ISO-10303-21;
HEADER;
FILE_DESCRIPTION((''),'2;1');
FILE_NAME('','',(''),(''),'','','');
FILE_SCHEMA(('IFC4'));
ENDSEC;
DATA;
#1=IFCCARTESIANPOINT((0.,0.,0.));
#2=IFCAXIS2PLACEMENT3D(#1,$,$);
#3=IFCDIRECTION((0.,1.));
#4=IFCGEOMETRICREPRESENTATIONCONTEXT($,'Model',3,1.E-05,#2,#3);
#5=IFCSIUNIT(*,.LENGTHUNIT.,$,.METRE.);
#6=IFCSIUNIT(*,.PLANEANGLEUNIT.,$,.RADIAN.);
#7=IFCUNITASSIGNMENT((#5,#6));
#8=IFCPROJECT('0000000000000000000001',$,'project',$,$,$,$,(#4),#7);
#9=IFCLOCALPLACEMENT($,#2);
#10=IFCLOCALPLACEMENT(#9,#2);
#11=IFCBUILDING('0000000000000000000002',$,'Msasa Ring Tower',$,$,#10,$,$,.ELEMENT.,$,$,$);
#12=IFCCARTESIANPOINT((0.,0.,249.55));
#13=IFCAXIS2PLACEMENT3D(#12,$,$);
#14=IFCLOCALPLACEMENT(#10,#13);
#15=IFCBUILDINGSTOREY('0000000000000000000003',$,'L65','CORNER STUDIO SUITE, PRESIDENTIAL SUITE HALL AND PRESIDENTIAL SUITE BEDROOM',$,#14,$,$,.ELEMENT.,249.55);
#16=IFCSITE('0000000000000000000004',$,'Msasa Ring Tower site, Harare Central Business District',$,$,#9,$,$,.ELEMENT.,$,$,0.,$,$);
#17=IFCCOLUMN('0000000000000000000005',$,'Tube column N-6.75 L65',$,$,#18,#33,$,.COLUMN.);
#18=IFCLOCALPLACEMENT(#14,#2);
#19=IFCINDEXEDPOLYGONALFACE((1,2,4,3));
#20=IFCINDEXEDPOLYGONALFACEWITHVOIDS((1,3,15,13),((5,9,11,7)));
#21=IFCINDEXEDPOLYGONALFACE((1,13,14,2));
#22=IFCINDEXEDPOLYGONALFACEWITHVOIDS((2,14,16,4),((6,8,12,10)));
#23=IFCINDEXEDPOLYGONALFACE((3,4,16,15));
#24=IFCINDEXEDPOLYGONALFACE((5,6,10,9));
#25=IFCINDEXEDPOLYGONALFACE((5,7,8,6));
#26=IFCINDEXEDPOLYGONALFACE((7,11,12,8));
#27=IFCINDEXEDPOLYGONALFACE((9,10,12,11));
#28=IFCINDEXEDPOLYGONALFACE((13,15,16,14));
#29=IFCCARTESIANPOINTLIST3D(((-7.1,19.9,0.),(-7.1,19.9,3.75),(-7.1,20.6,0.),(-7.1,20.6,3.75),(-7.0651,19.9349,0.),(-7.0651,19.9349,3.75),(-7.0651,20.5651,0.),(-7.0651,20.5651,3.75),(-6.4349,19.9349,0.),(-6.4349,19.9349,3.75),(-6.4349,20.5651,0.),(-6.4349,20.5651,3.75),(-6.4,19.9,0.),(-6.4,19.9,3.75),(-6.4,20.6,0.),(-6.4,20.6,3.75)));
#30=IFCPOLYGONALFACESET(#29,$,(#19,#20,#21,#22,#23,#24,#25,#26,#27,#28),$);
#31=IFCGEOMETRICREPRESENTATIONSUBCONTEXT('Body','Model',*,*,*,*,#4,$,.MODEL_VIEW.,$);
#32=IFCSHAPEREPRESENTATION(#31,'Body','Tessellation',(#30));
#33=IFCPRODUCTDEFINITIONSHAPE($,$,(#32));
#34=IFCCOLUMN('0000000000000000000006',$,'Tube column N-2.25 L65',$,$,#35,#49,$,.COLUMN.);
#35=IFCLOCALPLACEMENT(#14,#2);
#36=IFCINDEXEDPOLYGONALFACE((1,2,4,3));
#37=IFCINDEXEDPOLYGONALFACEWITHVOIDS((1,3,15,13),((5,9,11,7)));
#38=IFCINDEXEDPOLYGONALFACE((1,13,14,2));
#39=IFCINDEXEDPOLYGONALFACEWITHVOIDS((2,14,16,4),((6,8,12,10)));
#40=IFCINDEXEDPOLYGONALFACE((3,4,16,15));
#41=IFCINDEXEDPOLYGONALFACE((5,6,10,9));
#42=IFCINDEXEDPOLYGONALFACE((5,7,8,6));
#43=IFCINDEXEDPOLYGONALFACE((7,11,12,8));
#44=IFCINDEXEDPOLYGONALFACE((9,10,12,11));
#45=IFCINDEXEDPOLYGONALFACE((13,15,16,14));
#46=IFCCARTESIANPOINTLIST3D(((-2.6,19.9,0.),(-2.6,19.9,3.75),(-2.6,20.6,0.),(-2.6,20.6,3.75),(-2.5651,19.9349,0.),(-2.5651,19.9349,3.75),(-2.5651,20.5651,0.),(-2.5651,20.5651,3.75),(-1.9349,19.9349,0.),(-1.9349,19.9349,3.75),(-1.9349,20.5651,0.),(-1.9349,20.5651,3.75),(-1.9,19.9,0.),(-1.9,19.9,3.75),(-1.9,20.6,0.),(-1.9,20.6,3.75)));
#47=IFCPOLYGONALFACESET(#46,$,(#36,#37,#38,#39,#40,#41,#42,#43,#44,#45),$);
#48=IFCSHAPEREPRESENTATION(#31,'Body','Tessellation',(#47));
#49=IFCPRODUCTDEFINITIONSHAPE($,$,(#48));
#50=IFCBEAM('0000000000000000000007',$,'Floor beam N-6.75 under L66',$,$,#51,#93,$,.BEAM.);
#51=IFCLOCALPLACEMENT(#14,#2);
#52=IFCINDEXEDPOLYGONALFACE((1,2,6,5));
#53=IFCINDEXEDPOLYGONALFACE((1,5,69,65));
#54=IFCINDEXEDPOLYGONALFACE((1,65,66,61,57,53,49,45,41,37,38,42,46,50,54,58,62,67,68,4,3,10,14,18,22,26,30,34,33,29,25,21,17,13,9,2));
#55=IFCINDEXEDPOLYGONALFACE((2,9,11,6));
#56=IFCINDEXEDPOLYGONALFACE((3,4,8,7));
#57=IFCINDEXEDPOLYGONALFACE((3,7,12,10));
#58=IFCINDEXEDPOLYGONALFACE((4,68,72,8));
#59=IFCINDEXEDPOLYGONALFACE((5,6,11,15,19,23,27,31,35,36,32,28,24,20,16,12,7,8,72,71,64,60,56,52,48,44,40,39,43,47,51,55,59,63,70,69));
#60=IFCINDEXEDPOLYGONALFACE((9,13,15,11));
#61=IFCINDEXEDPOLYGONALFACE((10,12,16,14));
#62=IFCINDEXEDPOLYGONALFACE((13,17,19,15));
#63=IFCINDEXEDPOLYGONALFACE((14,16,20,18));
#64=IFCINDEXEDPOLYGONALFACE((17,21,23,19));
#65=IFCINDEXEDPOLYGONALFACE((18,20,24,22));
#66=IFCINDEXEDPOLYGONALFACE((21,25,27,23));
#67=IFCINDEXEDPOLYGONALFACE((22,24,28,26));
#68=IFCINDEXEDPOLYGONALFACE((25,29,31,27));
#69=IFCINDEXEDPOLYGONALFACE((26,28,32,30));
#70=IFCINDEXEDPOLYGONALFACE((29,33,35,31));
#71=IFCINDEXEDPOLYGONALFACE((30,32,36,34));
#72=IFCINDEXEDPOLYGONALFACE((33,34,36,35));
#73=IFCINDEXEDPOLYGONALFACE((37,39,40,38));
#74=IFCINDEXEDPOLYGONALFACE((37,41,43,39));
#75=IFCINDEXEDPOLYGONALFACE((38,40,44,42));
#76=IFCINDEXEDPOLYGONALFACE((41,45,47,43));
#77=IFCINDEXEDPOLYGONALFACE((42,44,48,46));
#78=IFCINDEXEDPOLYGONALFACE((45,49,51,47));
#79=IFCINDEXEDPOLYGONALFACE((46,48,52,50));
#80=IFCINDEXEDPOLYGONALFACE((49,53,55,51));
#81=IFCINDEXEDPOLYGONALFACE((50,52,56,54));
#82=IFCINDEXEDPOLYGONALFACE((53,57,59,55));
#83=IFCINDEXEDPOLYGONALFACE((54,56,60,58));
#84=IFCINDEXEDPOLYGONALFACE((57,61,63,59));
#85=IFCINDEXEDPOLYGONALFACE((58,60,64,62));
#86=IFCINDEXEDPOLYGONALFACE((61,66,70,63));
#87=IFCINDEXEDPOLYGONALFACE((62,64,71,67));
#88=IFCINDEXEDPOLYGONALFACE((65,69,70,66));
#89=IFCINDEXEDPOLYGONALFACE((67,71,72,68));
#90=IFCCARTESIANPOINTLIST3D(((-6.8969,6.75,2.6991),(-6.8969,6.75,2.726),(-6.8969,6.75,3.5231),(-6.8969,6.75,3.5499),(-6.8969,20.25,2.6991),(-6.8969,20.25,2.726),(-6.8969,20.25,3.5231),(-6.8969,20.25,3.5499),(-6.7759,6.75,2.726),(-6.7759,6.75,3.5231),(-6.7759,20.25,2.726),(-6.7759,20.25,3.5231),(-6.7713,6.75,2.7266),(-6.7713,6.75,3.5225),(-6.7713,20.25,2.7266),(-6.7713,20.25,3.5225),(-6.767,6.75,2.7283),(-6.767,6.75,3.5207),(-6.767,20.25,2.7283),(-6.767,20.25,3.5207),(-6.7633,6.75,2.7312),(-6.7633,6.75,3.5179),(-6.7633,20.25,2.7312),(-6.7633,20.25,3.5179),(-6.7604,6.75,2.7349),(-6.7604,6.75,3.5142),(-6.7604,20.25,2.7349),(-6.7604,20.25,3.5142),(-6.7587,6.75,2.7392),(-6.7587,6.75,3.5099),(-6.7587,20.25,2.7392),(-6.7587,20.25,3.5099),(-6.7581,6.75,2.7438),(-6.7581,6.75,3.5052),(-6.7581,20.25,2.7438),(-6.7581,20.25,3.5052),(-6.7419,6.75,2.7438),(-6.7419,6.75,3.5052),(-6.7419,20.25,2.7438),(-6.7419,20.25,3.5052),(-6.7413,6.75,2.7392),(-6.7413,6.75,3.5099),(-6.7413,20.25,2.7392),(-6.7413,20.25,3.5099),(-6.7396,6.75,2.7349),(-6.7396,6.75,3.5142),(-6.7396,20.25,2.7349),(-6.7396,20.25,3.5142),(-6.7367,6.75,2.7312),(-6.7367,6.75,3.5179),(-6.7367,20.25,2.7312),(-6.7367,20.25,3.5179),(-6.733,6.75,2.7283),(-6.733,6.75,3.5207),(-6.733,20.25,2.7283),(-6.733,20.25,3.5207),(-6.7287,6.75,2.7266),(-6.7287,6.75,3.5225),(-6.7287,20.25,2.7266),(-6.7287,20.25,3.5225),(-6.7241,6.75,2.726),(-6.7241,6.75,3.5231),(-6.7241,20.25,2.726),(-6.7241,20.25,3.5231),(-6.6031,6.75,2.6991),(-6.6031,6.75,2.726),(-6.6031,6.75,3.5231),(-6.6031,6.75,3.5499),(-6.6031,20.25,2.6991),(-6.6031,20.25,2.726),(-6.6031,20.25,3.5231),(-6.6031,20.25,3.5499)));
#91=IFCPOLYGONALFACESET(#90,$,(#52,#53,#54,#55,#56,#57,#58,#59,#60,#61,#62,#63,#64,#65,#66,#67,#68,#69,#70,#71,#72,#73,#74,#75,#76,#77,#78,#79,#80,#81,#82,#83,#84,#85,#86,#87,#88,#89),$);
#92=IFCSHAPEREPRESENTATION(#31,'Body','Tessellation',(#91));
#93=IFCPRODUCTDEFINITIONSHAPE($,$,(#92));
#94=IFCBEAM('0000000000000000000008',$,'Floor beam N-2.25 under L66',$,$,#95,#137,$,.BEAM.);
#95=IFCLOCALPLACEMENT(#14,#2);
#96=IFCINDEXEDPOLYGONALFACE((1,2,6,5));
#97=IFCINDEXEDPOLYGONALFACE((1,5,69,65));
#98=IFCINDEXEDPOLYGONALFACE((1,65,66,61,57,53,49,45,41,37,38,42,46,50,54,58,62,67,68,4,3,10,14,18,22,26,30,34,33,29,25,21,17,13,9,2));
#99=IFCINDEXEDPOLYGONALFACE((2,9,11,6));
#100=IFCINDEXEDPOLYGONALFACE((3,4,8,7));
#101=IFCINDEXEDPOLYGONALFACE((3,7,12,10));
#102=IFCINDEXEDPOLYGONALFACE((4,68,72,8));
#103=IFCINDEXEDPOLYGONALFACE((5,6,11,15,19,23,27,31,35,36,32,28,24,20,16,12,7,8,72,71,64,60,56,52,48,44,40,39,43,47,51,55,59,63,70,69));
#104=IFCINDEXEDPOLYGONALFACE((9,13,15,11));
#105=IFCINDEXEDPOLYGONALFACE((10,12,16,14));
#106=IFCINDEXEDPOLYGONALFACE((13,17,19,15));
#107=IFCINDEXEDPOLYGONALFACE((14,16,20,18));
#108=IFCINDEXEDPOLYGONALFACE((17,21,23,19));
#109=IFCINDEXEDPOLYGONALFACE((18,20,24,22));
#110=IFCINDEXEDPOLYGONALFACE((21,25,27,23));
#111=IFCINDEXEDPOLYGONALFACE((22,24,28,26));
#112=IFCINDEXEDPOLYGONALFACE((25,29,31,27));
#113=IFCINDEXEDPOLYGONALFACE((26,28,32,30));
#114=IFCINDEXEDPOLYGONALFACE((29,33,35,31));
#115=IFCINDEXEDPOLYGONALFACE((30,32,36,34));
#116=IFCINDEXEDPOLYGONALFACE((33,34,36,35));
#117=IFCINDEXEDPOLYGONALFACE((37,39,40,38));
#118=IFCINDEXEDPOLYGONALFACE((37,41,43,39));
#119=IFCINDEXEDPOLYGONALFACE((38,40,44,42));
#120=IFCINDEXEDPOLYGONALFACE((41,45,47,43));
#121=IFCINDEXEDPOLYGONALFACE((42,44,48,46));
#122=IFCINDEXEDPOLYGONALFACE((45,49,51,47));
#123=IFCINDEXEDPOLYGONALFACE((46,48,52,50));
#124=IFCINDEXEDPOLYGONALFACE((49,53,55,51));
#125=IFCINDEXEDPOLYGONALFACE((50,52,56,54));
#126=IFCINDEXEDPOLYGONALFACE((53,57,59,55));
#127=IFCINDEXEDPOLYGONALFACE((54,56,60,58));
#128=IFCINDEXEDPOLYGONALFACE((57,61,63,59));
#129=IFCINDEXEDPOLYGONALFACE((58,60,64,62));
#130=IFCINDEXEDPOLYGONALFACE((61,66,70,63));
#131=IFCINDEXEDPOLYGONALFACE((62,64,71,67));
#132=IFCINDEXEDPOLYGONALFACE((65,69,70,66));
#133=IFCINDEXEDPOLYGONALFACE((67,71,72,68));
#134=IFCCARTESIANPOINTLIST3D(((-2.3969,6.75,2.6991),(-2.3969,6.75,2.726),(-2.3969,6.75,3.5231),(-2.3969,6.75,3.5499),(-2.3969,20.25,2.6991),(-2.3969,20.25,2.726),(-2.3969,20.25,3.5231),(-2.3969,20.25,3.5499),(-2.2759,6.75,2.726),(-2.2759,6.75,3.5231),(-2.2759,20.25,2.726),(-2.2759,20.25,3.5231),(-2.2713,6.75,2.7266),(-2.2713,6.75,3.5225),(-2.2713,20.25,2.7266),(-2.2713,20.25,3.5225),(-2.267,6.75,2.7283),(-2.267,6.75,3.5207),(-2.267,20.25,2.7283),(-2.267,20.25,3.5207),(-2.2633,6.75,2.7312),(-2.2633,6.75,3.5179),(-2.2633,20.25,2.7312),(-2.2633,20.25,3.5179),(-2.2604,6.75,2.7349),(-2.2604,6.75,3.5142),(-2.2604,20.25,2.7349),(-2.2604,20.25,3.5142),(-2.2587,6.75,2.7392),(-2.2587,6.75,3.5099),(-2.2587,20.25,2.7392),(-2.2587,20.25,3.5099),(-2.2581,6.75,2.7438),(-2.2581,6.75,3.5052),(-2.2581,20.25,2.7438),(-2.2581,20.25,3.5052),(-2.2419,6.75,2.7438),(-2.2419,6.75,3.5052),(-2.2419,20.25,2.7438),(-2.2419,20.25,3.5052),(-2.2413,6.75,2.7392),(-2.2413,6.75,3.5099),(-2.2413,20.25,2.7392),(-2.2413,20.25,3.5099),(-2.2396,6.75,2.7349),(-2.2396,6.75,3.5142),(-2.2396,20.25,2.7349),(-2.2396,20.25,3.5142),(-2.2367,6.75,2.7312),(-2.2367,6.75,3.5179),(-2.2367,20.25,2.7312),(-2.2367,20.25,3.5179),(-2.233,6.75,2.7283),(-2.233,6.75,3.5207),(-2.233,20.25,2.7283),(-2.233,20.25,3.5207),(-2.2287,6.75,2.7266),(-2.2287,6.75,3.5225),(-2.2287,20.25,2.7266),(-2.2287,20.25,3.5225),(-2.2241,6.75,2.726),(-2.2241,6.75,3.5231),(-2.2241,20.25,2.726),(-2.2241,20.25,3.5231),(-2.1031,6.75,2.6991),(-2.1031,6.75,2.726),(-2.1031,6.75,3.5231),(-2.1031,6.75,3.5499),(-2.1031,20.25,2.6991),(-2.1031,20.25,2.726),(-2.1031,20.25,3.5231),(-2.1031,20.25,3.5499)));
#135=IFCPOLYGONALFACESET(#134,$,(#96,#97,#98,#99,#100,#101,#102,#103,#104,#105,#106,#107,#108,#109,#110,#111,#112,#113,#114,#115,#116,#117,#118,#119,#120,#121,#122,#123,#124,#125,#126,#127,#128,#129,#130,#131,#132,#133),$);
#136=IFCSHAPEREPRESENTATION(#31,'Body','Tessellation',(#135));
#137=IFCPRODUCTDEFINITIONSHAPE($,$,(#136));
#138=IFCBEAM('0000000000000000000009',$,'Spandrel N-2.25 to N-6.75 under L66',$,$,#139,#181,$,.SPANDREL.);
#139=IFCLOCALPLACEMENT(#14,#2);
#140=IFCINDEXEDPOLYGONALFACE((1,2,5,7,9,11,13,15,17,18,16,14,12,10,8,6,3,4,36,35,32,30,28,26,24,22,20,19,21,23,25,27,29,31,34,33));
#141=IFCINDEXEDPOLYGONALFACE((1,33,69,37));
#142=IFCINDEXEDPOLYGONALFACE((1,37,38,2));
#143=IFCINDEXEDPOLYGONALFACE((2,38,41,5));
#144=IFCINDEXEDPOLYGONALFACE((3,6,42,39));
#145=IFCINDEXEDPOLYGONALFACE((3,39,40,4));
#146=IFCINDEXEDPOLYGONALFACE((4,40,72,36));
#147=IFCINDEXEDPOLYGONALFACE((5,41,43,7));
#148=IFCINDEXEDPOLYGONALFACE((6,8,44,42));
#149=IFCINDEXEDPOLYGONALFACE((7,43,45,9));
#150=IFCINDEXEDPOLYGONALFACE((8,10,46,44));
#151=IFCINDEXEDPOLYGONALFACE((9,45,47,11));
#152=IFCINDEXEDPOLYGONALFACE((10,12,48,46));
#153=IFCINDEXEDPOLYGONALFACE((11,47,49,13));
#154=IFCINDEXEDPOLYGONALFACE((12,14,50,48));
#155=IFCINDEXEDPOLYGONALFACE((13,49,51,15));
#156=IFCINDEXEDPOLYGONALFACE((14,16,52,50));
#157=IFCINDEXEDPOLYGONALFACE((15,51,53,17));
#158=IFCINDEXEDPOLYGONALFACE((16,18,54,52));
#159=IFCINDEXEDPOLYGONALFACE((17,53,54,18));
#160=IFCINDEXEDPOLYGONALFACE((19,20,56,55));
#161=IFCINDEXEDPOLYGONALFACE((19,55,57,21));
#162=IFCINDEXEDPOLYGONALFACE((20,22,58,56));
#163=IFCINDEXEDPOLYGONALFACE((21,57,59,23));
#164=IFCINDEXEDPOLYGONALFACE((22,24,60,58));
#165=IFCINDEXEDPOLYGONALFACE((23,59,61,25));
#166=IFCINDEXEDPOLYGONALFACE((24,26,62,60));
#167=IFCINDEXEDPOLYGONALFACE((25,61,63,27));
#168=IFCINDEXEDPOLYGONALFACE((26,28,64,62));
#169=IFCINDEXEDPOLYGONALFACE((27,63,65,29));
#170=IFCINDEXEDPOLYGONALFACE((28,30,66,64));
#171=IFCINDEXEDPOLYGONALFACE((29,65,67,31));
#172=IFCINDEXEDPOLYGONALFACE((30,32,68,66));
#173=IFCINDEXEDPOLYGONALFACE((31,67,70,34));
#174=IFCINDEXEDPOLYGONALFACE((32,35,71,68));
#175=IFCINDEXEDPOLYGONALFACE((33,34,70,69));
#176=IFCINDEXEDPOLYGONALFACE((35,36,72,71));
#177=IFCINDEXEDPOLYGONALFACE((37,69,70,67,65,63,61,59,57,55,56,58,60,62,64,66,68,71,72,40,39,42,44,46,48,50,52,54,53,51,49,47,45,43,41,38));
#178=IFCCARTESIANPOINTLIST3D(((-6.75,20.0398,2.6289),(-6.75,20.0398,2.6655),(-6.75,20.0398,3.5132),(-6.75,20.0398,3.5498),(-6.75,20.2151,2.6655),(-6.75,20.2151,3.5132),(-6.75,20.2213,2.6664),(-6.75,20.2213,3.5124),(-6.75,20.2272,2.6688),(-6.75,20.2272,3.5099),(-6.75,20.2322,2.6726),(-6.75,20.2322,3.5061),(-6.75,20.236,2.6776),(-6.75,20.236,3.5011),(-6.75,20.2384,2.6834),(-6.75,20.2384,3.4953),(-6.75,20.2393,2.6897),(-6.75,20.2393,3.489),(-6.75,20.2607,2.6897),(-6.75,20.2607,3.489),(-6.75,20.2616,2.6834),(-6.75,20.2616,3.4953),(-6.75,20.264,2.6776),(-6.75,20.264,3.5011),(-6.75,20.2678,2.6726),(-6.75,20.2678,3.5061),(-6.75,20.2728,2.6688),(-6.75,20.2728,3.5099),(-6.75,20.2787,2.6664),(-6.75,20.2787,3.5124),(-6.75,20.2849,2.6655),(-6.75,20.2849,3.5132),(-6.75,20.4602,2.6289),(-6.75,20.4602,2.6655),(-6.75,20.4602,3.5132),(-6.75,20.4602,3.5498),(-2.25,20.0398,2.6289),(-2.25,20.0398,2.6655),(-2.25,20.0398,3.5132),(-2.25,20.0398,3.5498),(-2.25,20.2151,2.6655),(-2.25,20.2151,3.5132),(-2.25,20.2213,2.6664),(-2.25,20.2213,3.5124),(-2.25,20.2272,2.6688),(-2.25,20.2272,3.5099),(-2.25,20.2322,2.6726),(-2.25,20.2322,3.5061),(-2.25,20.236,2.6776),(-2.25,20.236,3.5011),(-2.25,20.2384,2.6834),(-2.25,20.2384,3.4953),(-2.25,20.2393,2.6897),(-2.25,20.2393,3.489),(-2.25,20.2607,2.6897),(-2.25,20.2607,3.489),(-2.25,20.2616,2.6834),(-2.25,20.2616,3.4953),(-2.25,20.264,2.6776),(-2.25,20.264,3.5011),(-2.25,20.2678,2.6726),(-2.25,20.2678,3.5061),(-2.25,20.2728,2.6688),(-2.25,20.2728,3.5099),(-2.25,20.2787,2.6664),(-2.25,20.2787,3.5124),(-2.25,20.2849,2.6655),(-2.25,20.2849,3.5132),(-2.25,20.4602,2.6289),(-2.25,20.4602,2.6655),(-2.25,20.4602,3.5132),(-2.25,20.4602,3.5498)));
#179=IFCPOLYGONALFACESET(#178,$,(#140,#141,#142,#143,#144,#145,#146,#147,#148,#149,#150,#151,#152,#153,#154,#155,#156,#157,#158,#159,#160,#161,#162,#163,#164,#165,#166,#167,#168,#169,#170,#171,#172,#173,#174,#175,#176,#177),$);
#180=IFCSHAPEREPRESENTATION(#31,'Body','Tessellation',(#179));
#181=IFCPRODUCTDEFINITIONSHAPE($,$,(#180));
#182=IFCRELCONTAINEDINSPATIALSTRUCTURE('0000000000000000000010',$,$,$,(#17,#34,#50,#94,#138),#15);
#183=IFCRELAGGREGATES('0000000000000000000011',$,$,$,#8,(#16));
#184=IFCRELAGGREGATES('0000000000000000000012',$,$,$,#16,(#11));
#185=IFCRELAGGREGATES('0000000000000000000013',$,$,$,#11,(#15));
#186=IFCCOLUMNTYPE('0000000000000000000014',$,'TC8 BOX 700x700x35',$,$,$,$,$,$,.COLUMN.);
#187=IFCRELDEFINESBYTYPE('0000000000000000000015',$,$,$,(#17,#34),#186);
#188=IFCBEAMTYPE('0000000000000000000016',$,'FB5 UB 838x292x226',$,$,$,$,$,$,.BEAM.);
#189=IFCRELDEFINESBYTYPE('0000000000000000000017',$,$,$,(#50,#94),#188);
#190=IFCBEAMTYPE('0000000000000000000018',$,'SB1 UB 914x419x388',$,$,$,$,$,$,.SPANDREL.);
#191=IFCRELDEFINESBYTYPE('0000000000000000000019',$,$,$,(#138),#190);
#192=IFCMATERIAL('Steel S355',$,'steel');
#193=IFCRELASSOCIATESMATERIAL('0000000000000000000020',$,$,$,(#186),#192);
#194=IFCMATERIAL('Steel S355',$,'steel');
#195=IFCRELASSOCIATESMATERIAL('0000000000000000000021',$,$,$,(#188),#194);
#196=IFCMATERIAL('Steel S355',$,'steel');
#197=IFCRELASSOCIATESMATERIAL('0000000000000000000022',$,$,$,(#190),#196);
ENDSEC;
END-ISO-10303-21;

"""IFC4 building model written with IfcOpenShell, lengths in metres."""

from ifc_helpers import new_model, si_unit, direction, frame, origin, origin_2d, place, context, subcontext, project, spatial, hollow_rectangle, i_section, extrude, material, material_profile, profile_set, type_object, element, save


model = new_model("IFC4")

# Units and contexts
model_context = context("Model", 3, precision=1e-05, world=origin(), true_north=direction((0.0, 1.0)))
body_context = subcontext(model_context, "Body", "Model", "MODEL_VIEW")
ifc_project = project(units=[si_unit("LENGTHUNIT", "METRE"), si_unit("PLANEANGLEUNIT", "RADIAN")], contexts=[model_context])

# Site, building, storey
site_placement = place(None, origin())
site = spatial("IfcSite", under=ifc_project, at=site_placement, Name="Msasa Ring Tower site, Harare Central Business District", CompositionType="ELEMENT", RefElevation=0.0)
building_placement = place(site_placement, origin())
building = spatial("IfcBuilding", under=site, at=building_placement, Name="Msasa Ring Tower", CompositionType="ELEMENT")
storey_placement = place(building_placement, frame((0.0, 0.0, 249.55)))
storey = spatial("IfcBuildingStorey", under=building, at=storey_placement, Name="L65", Description="CORNER STUDIO SUITE, PRESIDENTIAL SUITE HALL AND PRESIDENTIAL SUITE BEDROOM", CompositionType="ELEMENT", Elevation=249.55)

# Columns
ifc_material_1 = material(Name="Steel S355", Category="steel")
ifc_material_profile_1 = material_profile(ifc_material_1, hollow_rectangle(XDim=0.7, YDim=0.7, WallThickness=0.0349, at=origin_2d()), Name="BOX 700x700x35")
ifc_profile_set_1 = profile_set([ifc_material_profile_1], Name="Steel S355")
column_type = type_object("IfcColumnType", Name="TC8 BOX 700x700x35", PredefinedType="COLUMN", material=ifc_profile_set_1)
for number, where, z_axis, x_axis, name in (
    (1, (-6.75, 20.25, 0.0), (0.0, 0.0, 1.0), (0.0, 1.0, 0.0), "Tube column N-6.75 L65"),
    (2, (-2.25, 20.25, 0.0), (0.0, 0.0, 1.0), (0.0, 1.0, 0.0), "Tube column N-2.25 L65"),
):
    element("IfcColumn", number, at=place(storey_placement, frame(where, z_axis=z_axis, x_axis=x_axis)), inside=storey, type_object=column_type, Name=name, PredefinedType="COLUMN", context=body_context, shape_type="SweptSolid", body=[
        extrude(hollow_rectangle(XDim=0.7, YDim=0.7, WallThickness=0.0349, at=origin_2d()), origin(), (0.0, 0.0, 1.0), 3.75),
    ])

# Beams
ifc_material_2 = material(Name="Steel S355", Category="steel")
ifc_material_profile_2 = material_profile(ifc_material_2, i_section(OverallWidth=0.2937, OverallDepth=0.8508, WebThickness=0.0161, FlangeThickness=0.0269, FilletRadius=0.0178, at=origin_2d()), Name="UB 838x292x226")
ifc_profile_set_2 = profile_set([ifc_material_profile_2], Name="Steel S355")
beam_type_1 = type_object("IfcBeamType", Name="FB5 UB 838x292x226", PredefinedType="BEAM", material=ifc_profile_set_2)
for number, where, z_axis, x_axis, name in (
    (3, (-6.75, 20.25, 3.1245), (0.0, -1.0, 0.0), (1.0, 0.0, 0.0), "Floor beam N-6.75 under L66"),
    (4, (-2.25, 20.25, 3.1245), (0.0, -1.0, 0.0), (1.0, 0.0, 0.0), "Floor beam N-2.25 under L66"),
):
    element("IfcBeam", number, at=place(storey_placement, frame(where, z_axis=z_axis, x_axis=x_axis)), inside=storey, type_object=beam_type_1, Name=name, PredefinedType="BEAM", context=body_context, shape_type="SweptSolid", body=[
        extrude(i_section(OverallWidth=0.2937, OverallDepth=0.8508, WebThickness=0.0161, FlangeThickness=0.0269, FilletRadius=0.0178, at=origin_2d()), origin(), (0.0, 0.0, 1.0), 13.5),
    ])
ifc_material_3 = material(Name="Steel S355", Category="steel")
ifc_material_profile_3 = material_profile(ifc_material_3, i_section(OverallWidth=0.4204, OverallDepth=0.9209, WebThickness=0.0215, FlangeThickness=0.0366, FilletRadius=0.0242, at=origin_2d()), Name="UB 914x419x388")
ifc_profile_set_3 = profile_set([ifc_material_profile_3], Name="Steel S355")
beam_type_2 = type_object("IfcBeamType", Name="SB1 UB 914x419x388", PredefinedType="SPANDREL", material=ifc_profile_set_3)
for number, where, z_axis, x_axis, name in (
    (5, (-2.25, 20.25, 3.0894), (-1.0, 0.0, 0.0), (0.0, -1.0, 0.0), "Spandrel N-2.25 to N-6.75 under L66"),
):
    element("IfcBeam", number, at=place(storey_placement, frame(where, z_axis=z_axis, x_axis=x_axis)), inside=storey, type_object=beam_type_2, Name=name, PredefinedType="SPANDREL", context=body_context, shape_type="SweptSolid", body=[
        extrude(i_section(OverallWidth=0.4204, OverallDepth=0.9209, WebThickness=0.0215, FlangeThickness=0.0366, FilletRadius=0.0242, at=origin_2d()), origin(), (0.0, 0.0, 1.0), 4.5),
    ])

save(model, "model.ifc")
